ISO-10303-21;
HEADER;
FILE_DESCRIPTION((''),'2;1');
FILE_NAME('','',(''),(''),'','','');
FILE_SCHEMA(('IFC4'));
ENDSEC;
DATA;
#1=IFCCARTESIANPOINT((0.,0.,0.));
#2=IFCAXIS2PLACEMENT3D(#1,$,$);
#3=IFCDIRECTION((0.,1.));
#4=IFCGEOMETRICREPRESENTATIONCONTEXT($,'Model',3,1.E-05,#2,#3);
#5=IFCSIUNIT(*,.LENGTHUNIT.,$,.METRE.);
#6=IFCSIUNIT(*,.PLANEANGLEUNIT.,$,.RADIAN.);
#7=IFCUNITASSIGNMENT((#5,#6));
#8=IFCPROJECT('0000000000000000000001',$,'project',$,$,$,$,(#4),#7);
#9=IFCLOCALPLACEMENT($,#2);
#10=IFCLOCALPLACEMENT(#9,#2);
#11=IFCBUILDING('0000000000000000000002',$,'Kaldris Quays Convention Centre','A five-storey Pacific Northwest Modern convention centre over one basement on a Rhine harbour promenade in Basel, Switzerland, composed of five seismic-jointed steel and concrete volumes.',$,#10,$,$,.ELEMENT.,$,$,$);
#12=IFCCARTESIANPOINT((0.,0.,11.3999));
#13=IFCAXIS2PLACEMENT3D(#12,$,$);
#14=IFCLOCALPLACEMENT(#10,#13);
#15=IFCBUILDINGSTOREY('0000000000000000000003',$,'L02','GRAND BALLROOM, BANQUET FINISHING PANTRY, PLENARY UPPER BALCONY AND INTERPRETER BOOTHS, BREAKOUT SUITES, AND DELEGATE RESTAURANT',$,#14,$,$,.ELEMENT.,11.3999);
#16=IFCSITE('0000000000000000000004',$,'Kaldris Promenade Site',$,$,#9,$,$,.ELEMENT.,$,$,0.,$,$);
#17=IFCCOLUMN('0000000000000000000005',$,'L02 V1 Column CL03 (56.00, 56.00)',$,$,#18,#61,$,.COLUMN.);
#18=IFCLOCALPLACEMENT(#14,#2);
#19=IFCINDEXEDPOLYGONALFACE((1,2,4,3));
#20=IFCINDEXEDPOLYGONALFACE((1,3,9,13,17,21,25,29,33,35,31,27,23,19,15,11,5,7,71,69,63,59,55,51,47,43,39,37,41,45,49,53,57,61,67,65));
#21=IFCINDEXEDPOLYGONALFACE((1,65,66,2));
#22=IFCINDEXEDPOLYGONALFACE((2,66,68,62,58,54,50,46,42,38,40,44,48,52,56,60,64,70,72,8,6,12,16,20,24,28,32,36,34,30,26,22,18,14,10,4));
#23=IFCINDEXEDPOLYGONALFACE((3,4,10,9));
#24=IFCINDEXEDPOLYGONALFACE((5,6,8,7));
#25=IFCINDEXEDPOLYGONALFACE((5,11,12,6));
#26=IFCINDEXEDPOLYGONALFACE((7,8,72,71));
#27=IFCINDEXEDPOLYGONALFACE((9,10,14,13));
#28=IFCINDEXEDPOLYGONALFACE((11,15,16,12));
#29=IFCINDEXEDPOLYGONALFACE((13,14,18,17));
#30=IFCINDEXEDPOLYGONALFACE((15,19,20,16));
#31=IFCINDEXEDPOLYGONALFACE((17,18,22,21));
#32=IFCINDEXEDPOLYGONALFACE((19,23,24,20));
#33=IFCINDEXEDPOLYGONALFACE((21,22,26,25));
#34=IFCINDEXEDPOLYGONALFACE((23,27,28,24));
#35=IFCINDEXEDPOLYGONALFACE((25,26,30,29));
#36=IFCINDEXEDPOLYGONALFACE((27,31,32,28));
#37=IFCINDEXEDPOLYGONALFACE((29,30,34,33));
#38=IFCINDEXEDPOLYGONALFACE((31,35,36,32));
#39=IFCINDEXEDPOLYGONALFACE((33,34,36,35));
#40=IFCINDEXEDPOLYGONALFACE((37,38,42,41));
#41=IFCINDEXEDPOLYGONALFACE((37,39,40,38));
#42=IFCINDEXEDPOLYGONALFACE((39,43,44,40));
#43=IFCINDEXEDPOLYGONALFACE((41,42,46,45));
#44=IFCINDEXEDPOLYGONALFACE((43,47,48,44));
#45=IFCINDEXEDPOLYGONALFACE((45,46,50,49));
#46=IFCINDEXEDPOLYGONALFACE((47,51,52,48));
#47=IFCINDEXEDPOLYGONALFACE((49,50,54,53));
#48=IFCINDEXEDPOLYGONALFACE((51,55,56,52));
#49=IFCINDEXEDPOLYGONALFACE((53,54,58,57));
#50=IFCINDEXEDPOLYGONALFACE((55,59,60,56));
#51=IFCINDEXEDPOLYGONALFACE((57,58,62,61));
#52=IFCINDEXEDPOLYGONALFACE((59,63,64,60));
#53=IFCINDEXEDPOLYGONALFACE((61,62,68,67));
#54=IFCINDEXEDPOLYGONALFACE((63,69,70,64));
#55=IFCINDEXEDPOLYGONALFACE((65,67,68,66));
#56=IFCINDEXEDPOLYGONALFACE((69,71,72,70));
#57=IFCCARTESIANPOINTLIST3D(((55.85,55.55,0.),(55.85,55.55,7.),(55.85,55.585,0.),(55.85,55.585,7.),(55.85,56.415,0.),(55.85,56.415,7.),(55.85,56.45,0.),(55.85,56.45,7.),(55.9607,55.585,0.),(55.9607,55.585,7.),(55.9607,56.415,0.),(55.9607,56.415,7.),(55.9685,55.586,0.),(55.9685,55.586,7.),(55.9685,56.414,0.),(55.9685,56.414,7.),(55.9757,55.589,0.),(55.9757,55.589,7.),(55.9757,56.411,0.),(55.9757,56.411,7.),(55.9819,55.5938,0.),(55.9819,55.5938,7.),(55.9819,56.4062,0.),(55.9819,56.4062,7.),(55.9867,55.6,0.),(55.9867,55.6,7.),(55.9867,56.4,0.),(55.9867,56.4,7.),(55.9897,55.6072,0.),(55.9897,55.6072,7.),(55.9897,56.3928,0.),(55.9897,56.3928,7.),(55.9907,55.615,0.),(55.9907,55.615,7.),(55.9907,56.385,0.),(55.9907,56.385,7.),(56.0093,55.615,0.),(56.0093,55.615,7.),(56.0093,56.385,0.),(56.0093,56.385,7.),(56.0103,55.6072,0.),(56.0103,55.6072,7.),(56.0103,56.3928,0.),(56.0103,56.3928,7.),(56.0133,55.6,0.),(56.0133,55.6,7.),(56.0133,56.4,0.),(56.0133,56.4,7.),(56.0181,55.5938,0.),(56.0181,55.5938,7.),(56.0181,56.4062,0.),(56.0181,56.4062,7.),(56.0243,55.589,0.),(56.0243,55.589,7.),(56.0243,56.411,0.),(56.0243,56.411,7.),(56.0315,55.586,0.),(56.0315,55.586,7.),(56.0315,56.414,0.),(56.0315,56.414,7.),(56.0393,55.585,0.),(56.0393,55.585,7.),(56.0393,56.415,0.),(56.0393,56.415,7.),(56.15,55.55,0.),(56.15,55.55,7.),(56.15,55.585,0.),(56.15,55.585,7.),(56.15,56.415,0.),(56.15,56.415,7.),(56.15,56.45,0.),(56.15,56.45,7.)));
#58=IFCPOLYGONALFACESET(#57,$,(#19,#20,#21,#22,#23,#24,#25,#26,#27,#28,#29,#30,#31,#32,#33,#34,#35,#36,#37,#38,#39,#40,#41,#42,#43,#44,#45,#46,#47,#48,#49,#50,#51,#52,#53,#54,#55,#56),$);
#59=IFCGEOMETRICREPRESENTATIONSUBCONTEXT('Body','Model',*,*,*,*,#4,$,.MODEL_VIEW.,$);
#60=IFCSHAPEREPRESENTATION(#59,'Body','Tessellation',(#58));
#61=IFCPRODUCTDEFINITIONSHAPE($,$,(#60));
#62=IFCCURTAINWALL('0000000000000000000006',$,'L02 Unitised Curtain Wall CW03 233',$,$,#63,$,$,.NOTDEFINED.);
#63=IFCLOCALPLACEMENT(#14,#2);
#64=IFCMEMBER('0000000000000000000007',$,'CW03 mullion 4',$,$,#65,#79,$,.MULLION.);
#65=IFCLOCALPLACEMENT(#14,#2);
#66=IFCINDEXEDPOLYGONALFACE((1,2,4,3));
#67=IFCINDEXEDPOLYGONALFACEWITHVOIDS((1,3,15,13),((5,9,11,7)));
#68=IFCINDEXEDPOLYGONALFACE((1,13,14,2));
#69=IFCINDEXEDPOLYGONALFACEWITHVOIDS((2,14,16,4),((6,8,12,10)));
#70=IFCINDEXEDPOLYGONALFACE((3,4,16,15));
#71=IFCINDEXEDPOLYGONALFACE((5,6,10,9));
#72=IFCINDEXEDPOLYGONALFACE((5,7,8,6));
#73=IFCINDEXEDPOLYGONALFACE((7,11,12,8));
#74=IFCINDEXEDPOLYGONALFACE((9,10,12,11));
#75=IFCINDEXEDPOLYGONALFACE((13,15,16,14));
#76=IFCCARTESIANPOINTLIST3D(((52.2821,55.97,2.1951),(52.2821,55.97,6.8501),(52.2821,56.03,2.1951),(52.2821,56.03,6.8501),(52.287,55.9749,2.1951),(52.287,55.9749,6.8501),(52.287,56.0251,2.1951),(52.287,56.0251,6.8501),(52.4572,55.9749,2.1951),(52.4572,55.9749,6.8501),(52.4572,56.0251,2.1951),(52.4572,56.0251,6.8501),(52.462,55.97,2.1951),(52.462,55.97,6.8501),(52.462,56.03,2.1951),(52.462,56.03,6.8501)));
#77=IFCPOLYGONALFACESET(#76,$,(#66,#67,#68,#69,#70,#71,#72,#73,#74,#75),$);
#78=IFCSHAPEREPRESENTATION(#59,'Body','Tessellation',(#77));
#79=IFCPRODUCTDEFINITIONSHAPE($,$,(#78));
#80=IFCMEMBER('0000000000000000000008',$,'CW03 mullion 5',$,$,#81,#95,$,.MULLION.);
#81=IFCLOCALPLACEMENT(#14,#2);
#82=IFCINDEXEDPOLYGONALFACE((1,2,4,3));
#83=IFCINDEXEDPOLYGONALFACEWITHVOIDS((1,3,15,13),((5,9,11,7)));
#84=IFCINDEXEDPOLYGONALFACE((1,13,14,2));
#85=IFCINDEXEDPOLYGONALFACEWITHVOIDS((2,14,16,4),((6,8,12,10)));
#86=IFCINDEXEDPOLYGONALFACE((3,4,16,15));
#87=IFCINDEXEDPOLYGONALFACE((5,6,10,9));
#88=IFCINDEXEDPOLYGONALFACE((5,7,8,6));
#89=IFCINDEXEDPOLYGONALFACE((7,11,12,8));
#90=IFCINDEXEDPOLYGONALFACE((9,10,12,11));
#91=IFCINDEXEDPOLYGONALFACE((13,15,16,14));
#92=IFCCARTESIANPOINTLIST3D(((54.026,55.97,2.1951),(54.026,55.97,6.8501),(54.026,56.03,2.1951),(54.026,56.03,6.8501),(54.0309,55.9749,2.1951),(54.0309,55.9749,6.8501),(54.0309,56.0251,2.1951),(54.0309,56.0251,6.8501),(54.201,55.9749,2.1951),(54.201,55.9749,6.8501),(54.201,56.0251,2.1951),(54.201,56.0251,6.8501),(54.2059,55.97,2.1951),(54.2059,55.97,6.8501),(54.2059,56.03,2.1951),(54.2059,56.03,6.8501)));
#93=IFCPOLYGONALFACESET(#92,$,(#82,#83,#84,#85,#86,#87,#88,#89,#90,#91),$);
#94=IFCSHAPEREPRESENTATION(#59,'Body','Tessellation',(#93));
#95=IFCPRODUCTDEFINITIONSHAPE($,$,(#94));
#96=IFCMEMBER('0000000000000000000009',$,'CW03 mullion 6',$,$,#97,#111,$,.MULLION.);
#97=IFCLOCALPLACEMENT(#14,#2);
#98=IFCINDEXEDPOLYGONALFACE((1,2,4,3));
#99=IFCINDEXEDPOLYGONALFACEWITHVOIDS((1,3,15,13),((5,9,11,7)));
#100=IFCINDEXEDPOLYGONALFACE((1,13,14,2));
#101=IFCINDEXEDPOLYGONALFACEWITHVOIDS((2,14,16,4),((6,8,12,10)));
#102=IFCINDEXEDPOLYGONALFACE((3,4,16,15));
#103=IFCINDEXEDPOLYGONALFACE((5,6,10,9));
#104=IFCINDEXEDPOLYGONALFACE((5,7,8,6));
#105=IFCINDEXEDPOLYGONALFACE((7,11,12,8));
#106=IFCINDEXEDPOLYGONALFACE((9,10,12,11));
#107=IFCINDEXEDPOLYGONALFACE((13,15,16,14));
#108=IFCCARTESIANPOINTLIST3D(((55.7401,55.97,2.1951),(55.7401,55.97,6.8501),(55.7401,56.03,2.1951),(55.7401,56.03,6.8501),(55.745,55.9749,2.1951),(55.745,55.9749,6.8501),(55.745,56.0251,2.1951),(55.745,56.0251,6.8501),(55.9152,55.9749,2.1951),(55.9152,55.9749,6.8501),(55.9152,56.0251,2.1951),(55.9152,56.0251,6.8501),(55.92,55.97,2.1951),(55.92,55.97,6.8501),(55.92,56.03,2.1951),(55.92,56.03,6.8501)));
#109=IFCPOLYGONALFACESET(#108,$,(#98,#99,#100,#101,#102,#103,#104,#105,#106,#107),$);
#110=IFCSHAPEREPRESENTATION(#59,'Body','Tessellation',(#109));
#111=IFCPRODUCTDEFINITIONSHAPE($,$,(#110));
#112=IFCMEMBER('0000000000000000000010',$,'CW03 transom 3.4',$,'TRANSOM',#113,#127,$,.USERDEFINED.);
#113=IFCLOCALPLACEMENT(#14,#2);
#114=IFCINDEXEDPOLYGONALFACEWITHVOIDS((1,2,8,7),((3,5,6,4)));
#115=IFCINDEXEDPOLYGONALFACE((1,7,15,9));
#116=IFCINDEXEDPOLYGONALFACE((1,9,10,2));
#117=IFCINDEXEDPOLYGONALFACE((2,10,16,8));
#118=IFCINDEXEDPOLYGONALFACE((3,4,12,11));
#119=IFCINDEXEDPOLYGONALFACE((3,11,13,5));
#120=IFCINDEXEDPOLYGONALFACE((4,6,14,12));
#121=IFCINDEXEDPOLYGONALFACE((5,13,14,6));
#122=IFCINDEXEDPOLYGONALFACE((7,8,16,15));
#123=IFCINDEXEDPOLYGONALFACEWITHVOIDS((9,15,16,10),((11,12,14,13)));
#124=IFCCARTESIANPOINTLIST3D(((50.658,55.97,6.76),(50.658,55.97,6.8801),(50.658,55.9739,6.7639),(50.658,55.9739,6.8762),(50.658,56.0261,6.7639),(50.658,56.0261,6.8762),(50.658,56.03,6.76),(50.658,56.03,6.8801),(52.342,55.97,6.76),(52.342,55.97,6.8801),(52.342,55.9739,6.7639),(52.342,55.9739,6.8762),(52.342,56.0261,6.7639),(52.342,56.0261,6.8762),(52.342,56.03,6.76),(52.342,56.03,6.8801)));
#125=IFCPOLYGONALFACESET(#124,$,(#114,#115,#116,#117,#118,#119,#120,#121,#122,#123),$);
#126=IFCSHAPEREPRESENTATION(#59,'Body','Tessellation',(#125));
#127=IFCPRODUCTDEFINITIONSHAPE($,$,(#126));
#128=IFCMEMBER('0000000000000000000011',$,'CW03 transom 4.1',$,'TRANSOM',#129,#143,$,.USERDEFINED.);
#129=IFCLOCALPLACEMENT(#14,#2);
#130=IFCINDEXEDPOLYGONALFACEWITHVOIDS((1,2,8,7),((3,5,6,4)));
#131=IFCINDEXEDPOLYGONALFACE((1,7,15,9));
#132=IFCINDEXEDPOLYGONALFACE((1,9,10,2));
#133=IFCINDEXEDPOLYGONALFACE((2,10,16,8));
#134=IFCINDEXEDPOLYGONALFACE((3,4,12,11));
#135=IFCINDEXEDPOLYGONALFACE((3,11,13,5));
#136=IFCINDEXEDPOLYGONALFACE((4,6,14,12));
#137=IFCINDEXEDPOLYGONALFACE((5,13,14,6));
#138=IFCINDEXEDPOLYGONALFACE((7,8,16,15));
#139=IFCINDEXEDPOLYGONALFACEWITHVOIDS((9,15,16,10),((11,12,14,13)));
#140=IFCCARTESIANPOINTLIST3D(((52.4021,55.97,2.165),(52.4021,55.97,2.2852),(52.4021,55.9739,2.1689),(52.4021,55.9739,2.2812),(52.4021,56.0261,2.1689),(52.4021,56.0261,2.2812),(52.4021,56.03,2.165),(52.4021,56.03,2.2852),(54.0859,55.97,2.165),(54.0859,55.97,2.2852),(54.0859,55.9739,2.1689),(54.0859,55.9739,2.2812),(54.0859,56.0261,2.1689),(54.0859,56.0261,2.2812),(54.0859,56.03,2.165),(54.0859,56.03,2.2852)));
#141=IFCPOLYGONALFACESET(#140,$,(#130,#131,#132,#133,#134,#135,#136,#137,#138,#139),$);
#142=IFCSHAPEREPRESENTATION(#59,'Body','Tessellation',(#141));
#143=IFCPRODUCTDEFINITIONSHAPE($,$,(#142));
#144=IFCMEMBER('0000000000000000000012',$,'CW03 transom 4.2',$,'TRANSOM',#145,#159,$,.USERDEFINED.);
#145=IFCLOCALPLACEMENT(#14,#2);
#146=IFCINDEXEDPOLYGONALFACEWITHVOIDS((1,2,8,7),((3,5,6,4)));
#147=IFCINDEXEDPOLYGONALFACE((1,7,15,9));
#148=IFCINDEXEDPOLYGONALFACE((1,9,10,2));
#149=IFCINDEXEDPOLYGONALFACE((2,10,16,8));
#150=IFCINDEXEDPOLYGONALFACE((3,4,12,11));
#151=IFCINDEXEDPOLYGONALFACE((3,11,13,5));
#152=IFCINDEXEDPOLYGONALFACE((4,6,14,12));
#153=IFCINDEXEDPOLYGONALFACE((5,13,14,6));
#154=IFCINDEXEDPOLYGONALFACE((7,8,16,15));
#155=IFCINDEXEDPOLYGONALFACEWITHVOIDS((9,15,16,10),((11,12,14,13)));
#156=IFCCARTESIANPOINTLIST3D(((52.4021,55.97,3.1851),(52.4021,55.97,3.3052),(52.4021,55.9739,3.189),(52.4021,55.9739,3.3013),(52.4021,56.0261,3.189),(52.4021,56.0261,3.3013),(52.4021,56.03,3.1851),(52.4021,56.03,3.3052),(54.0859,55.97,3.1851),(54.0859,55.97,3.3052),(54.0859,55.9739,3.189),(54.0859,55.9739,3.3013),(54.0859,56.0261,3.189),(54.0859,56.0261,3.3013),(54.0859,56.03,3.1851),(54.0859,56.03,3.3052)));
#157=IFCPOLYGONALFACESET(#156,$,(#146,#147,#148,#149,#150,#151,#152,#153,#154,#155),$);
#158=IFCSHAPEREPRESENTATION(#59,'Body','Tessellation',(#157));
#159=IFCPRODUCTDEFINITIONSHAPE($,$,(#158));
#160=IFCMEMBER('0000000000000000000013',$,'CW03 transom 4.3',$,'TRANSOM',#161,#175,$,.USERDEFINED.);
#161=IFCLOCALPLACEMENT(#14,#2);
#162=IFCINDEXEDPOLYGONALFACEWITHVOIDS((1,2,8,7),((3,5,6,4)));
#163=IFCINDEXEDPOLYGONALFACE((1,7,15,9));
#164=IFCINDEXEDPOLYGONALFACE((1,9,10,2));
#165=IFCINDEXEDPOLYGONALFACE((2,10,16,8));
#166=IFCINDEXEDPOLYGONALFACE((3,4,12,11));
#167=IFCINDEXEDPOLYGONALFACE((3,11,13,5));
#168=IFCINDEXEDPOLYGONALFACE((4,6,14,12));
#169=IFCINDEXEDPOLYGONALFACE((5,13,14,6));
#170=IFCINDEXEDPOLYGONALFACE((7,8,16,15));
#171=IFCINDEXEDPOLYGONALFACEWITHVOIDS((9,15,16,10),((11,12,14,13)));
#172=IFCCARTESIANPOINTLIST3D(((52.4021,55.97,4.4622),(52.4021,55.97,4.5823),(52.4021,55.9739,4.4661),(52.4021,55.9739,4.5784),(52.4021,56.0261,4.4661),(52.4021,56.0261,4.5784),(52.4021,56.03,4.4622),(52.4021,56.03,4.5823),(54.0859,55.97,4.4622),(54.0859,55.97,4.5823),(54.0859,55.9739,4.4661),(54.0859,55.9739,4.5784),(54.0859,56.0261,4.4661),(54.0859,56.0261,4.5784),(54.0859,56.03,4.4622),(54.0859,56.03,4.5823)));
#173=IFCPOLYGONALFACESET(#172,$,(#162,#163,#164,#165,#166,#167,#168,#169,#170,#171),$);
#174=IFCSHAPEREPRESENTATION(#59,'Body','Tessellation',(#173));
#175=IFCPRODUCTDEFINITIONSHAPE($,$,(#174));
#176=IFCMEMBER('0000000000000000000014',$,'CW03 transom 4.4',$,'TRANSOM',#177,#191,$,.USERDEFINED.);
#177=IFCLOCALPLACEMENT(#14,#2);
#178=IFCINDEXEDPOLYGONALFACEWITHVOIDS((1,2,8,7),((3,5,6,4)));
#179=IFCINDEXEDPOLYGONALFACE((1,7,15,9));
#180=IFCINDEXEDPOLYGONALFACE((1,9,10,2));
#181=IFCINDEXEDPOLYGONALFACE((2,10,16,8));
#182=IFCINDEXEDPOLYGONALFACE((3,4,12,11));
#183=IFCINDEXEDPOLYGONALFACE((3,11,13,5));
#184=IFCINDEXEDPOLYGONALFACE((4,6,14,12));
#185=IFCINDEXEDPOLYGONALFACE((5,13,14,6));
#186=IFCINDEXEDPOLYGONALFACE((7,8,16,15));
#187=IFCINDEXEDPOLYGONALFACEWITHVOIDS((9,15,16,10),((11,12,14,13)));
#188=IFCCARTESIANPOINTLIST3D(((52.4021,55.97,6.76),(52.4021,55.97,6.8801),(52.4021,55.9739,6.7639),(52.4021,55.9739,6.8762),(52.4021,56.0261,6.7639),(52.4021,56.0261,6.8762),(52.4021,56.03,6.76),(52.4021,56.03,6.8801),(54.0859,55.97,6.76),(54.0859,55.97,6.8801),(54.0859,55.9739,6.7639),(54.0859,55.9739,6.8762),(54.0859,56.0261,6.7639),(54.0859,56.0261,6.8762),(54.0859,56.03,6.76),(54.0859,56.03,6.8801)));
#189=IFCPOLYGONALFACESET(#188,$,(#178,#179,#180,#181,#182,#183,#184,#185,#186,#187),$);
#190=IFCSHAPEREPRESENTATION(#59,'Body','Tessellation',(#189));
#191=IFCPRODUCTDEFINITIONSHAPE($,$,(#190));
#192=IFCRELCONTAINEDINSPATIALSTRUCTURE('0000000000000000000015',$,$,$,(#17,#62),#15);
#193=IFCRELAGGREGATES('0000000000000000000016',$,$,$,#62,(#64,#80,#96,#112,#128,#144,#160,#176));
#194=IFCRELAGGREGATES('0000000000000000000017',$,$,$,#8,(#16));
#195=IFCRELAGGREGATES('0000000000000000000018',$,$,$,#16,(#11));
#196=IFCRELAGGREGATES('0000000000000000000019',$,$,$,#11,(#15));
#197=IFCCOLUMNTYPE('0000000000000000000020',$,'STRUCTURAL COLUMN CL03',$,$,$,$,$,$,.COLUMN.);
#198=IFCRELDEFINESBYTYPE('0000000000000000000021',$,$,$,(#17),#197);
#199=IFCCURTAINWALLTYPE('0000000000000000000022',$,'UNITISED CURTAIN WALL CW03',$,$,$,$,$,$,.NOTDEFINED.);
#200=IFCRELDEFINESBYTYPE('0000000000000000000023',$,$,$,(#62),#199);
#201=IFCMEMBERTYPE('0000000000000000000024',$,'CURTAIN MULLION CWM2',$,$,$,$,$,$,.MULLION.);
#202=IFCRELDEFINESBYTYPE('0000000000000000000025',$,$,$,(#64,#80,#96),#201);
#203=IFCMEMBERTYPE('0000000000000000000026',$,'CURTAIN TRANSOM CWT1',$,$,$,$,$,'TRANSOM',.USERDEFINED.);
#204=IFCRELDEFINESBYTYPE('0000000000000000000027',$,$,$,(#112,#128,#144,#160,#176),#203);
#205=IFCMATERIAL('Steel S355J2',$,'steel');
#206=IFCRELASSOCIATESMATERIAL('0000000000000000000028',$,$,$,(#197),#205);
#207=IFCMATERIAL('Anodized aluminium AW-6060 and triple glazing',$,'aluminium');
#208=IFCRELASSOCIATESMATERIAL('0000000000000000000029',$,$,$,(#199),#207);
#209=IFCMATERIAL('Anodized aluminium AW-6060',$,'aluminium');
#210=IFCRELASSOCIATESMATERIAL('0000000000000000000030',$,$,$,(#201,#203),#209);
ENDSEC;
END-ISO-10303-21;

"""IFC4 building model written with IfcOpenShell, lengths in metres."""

from ifc_helpers import new_model, si_unit, direction, frame, origin, origin_2d, place, context, subcontext, project, spatial, hollow_rectangle, i_section, extrude, material, material_profile, profile_set, type_object, element, aggregate, save


model = new_model("IFC4")

# Units and contexts
model_context = context("Model", 3, precision=1e-05, world=origin(), true_north=direction((0.0, 1.0)))
body_context = subcontext(model_context, "Body", "Model", "MODEL_VIEW")
ifc_project = project(units=[si_unit("LENGTHUNIT", "METRE"), si_unit("PLANEANGLEUNIT", "RADIAN")], contexts=[model_context])

# Site, building, storey
site_placement = place(None, origin())
site = spatial("IfcSite", under=ifc_project, at=site_placement, Name="Kaldris Promenade Site", CompositionType="ELEMENT", RefElevation=0.0)
building_placement = place(site_placement, origin())
building = spatial("IfcBuilding", under=site, at=building_placement, Name="Kaldris Quays Convention Centre", Description="A five-storey Pacific Northwest Modern convention centre over one basement on a Rhine harbour promenade in Basel, Switzerland, composed of five seismic-jointed steel and concrete volumes.", CompositionType="ELEMENT")
storey_placement = place(building_placement, frame((0.0, 0.0, 11.3999)))
storey = spatial("IfcBuildingStorey", under=building, at=storey_placement, Name="L02", Description="GRAND BALLROOM, BANQUET FINISHING PANTRY, PLENARY UPPER BALCONY AND INTERPRETER BOOTHS, BREAKOUT SUITES, AND DELEGATE RESTAURANT", CompositionType="ELEMENT", Elevation=11.3999)

# Column
ifc_material_1 = material(Name="Steel S355J2", Category="steel")
ifc_material_profile_1 = material_profile(ifc_material_1, i_section(OverallWidth=0.3, OverallDepth=0.8999, WebThickness=0.0186, FlangeThickness=0.0349, FilletRadius=0.03, at=origin_2d()), Name="HEB 900")
ifc_profile_set_1 = profile_set([ifc_material_profile_1], Name="Steel S355J2")
column_type = type_object("IfcColumnType", Name="STRUCTURAL COLUMN CL03", PredefinedType="COLUMN", material=ifc_profile_set_1)
column_placement = place(storey_placement, frame((56.0, 56.0, 0.0), z_axis=(0.0, 0.0, 1.0), x_axis=(1.0, 0.0, 0.0)))
element("IfcColumn", 1, at=column_placement, inside=storey, type_object=column_type, Name="L02 V1 Column CL03 (56.00, 56.00)", PredefinedType="COLUMN", context=body_context, shape_type="SweptSolid", body=[
    extrude(i_section(OverallWidth=0.3, OverallDepth=0.8999, WebThickness=0.0186, FlangeThickness=0.0349, FilletRadius=0.03, at=origin_2d()), origin(), (0.0, 0.0, 1.0), 7.0),
])

# Curtain wall, members
ifc_material_2 = material(Name="Anodized aluminium AW-6060 and triple glazing", Category="aluminium")
curtain_wall_type = type_object("IfcCurtainWallType", Name="UNITISED CURTAIN WALL CW03", PredefinedType="NOTDEFINED", material=ifc_material_2)
curtain_wall_placement = place(storey_placement, origin())
curtain_wall = element("IfcCurtainWall", 2, at=curtain_wall_placement, inside=storey, type_object=curtain_wall_type, Name="L02 Unitised Curtain Wall CW03 233", PredefinedType="NOTDEFINED")
ifc_material_3 = material(Name="Anodized aluminium AW-6060", Category="aluminium")
ifc_material_profile_2 = material_profile(ifc_material_3, hollow_rectangle(XDim=0.0601, YDim=0.1799, WallThickness=0.0049, at=origin_2d()), Name="RHS 180x60x5")
ifc_profile_set_2 = profile_set([ifc_material_profile_2], Name="Anodized aluminium AW-6060")
member_type_1 = type_object("IfcMemberType", Name="CURTAIN MULLION CWM2", PredefinedType="MULLION", material=ifc_profile_set_2)
member_1_placement = place(storey_placement, frame((52.3721, 56.0, 2.1951), z_axis=(0.0, 0.0, 1.0), x_axis=(0.0, 1.0, 0.0)))
member_1 = element("IfcMember", 3, at=member_1_placement, type_object=member_type_1, Name="CW03 mullion 4", PredefinedType="MULLION", context=body_context, shape_type="SweptSolid", body=[
    extrude(hollow_rectangle(XDim=0.0601, YDim=0.1799, WallThickness=0.0049, at=origin_2d()), origin(), (0.0, 0.0, 1.0), 4.655),
])
member_2_placement = place(storey_placement, frame((54.116, 56.0, 2.1951), z_axis=(0.0, 0.0, 1.0), x_axis=(0.0, 1.0, 0.0)))
member_2 = element("IfcMember", 4, at=member_2_placement, type_object=member_type_1, Name="CW03 mullion 5", PredefinedType="MULLION", context=body_context, shape_type="SweptSolid", body=[
    extrude(hollow_rectangle(XDim=0.0601, YDim=0.1799, WallThickness=0.0049, at=origin_2d()), origin(), (0.0, 0.0, 1.0), 4.655),
])
member_3_placement = place(storey_placement, frame((55.8301, 56.0, 2.1951), z_axis=(0.0, 0.0, 1.0), x_axis=(0.0, 1.0, 0.0)))
member_3 = element("IfcMember", 5, at=member_3_placement, type_object=member_type_1, Name="CW03 mullion 6", PredefinedType="MULLION", context=body_context, shape_type="SweptSolid", body=[
    extrude(hollow_rectangle(XDim=0.0601, YDim=0.1799, WallThickness=0.0049, at=origin_2d()), origin(), (0.0, 0.0, 1.0), 4.655),
])
ifc_material_profile_3 = material_profile(ifc_material_3, hollow_rectangle(XDim=0.0601, YDim=0.1201, WallThickness=0.0039, at=origin_2d()), Name="RHS 120x60x4")
ifc_profile_set_3 = profile_set([ifc_material_profile_3], Name="Anodized aluminium AW-6060")
member_type_2 = type_object("IfcMemberType", Name="CURTAIN TRANSOM CWT1", ElementType="TRANSOM", PredefinedType="USERDEFINED", material=ifc_profile_set_3)
member_4_placement = place(storey_placement, frame((50.658, 56.0, 6.8201), z_axis=(1.0, 0.0, 0.0), x_axis=(0.0, 1.0, 0.0)))
member_4 = element("IfcMember", 6, at=member_4_placement, type_object=member_type_2, Name="CW03 transom 3.4", ObjectType="TRANSOM", PredefinedType="USERDEFINED", context=body_context, shape_type="SweptSolid", body=[
    extrude(hollow_rectangle(XDim=0.0601, YDim=0.1201, WallThickness=0.0039, at=origin_2d()), origin(), (0.0, 0.0, 1.0), 1.6841),
])
member_5_placement = place(storey_placement, frame((52.4021, 56.0, 2.2251), z_axis=(1.0, 0.0, 0.0), x_axis=(0.0, 1.0, 0.0)))
member_5 = element("IfcMember", 7, at=member_5_placement, type_object=member_type_2, Name="CW03 transom 4.1", ObjectType="TRANSOM", PredefinedType="USERDEFINED", context=body_context, shape_type="SweptSolid", body=[
    extrude(hollow_rectangle(XDim=0.0601, YDim=0.1201, WallThickness=0.0039, at=origin_2d()), origin(), (0.0, 0.0, 1.0), 1.6838),
])
member_6_placement = place(storey_placement, frame((52.4021, 56.0, 3.2451), z_axis=(1.0, 0.0, 0.0), x_axis=(0.0, 1.0, 0.0)))
member_6 = element("IfcMember", 8, at=member_6_placement, type_object=member_type_2, Name="CW03 transom 4.2", ObjectType="TRANSOM", PredefinedType="USERDEFINED", context=body_context, shape_type="SweptSolid", body=[
    extrude(hollow_rectangle(XDim=0.0601, YDim=0.1201, WallThickness=0.0039, at=origin_2d()), origin(), (0.0, 0.0, 1.0), 1.6838),
])
member_7_placement = place(storey_placement, frame((52.4021, 56.0, 4.5222), z_axis=(1.0, 0.0, 0.0), x_axis=(0.0, 1.0, 0.0)))
member_7 = element("IfcMember", 9, at=member_7_placement, type_object=member_type_2, Name="CW03 transom 4.3", ObjectType="TRANSOM", PredefinedType="USERDEFINED", context=body_context, shape_type="SweptSolid", body=[
    extrude(hollow_rectangle(XDim=0.0601, YDim=0.1201, WallThickness=0.0039, at=origin_2d()), origin(), (0.0, 0.0, 1.0), 1.6838),
])
member_8_placement = place(storey_placement, frame((52.4021, 56.0, 6.8201), z_axis=(1.0, 0.0, 0.0), x_axis=(0.0, 1.0, 0.0)))
member_8 = element("IfcMember", 10, at=member_8_placement, type_object=member_type_2, Name="CW03 transom 4.4", ObjectType="TRANSOM", PredefinedType="USERDEFINED", context=body_context, shape_type="SweptSolid", body=[
    extrude(hollow_rectangle(XDim=0.0601, YDim=0.1201, WallThickness=0.0039, at=origin_2d()), origin(), (0.0, 0.0, 1.0), 1.6838),
])

aggregate(curtain_wall, [member_1, member_2, member_3, member_4, member_5, member_6, member_7, member_8])

save(model, "model.ifc")
